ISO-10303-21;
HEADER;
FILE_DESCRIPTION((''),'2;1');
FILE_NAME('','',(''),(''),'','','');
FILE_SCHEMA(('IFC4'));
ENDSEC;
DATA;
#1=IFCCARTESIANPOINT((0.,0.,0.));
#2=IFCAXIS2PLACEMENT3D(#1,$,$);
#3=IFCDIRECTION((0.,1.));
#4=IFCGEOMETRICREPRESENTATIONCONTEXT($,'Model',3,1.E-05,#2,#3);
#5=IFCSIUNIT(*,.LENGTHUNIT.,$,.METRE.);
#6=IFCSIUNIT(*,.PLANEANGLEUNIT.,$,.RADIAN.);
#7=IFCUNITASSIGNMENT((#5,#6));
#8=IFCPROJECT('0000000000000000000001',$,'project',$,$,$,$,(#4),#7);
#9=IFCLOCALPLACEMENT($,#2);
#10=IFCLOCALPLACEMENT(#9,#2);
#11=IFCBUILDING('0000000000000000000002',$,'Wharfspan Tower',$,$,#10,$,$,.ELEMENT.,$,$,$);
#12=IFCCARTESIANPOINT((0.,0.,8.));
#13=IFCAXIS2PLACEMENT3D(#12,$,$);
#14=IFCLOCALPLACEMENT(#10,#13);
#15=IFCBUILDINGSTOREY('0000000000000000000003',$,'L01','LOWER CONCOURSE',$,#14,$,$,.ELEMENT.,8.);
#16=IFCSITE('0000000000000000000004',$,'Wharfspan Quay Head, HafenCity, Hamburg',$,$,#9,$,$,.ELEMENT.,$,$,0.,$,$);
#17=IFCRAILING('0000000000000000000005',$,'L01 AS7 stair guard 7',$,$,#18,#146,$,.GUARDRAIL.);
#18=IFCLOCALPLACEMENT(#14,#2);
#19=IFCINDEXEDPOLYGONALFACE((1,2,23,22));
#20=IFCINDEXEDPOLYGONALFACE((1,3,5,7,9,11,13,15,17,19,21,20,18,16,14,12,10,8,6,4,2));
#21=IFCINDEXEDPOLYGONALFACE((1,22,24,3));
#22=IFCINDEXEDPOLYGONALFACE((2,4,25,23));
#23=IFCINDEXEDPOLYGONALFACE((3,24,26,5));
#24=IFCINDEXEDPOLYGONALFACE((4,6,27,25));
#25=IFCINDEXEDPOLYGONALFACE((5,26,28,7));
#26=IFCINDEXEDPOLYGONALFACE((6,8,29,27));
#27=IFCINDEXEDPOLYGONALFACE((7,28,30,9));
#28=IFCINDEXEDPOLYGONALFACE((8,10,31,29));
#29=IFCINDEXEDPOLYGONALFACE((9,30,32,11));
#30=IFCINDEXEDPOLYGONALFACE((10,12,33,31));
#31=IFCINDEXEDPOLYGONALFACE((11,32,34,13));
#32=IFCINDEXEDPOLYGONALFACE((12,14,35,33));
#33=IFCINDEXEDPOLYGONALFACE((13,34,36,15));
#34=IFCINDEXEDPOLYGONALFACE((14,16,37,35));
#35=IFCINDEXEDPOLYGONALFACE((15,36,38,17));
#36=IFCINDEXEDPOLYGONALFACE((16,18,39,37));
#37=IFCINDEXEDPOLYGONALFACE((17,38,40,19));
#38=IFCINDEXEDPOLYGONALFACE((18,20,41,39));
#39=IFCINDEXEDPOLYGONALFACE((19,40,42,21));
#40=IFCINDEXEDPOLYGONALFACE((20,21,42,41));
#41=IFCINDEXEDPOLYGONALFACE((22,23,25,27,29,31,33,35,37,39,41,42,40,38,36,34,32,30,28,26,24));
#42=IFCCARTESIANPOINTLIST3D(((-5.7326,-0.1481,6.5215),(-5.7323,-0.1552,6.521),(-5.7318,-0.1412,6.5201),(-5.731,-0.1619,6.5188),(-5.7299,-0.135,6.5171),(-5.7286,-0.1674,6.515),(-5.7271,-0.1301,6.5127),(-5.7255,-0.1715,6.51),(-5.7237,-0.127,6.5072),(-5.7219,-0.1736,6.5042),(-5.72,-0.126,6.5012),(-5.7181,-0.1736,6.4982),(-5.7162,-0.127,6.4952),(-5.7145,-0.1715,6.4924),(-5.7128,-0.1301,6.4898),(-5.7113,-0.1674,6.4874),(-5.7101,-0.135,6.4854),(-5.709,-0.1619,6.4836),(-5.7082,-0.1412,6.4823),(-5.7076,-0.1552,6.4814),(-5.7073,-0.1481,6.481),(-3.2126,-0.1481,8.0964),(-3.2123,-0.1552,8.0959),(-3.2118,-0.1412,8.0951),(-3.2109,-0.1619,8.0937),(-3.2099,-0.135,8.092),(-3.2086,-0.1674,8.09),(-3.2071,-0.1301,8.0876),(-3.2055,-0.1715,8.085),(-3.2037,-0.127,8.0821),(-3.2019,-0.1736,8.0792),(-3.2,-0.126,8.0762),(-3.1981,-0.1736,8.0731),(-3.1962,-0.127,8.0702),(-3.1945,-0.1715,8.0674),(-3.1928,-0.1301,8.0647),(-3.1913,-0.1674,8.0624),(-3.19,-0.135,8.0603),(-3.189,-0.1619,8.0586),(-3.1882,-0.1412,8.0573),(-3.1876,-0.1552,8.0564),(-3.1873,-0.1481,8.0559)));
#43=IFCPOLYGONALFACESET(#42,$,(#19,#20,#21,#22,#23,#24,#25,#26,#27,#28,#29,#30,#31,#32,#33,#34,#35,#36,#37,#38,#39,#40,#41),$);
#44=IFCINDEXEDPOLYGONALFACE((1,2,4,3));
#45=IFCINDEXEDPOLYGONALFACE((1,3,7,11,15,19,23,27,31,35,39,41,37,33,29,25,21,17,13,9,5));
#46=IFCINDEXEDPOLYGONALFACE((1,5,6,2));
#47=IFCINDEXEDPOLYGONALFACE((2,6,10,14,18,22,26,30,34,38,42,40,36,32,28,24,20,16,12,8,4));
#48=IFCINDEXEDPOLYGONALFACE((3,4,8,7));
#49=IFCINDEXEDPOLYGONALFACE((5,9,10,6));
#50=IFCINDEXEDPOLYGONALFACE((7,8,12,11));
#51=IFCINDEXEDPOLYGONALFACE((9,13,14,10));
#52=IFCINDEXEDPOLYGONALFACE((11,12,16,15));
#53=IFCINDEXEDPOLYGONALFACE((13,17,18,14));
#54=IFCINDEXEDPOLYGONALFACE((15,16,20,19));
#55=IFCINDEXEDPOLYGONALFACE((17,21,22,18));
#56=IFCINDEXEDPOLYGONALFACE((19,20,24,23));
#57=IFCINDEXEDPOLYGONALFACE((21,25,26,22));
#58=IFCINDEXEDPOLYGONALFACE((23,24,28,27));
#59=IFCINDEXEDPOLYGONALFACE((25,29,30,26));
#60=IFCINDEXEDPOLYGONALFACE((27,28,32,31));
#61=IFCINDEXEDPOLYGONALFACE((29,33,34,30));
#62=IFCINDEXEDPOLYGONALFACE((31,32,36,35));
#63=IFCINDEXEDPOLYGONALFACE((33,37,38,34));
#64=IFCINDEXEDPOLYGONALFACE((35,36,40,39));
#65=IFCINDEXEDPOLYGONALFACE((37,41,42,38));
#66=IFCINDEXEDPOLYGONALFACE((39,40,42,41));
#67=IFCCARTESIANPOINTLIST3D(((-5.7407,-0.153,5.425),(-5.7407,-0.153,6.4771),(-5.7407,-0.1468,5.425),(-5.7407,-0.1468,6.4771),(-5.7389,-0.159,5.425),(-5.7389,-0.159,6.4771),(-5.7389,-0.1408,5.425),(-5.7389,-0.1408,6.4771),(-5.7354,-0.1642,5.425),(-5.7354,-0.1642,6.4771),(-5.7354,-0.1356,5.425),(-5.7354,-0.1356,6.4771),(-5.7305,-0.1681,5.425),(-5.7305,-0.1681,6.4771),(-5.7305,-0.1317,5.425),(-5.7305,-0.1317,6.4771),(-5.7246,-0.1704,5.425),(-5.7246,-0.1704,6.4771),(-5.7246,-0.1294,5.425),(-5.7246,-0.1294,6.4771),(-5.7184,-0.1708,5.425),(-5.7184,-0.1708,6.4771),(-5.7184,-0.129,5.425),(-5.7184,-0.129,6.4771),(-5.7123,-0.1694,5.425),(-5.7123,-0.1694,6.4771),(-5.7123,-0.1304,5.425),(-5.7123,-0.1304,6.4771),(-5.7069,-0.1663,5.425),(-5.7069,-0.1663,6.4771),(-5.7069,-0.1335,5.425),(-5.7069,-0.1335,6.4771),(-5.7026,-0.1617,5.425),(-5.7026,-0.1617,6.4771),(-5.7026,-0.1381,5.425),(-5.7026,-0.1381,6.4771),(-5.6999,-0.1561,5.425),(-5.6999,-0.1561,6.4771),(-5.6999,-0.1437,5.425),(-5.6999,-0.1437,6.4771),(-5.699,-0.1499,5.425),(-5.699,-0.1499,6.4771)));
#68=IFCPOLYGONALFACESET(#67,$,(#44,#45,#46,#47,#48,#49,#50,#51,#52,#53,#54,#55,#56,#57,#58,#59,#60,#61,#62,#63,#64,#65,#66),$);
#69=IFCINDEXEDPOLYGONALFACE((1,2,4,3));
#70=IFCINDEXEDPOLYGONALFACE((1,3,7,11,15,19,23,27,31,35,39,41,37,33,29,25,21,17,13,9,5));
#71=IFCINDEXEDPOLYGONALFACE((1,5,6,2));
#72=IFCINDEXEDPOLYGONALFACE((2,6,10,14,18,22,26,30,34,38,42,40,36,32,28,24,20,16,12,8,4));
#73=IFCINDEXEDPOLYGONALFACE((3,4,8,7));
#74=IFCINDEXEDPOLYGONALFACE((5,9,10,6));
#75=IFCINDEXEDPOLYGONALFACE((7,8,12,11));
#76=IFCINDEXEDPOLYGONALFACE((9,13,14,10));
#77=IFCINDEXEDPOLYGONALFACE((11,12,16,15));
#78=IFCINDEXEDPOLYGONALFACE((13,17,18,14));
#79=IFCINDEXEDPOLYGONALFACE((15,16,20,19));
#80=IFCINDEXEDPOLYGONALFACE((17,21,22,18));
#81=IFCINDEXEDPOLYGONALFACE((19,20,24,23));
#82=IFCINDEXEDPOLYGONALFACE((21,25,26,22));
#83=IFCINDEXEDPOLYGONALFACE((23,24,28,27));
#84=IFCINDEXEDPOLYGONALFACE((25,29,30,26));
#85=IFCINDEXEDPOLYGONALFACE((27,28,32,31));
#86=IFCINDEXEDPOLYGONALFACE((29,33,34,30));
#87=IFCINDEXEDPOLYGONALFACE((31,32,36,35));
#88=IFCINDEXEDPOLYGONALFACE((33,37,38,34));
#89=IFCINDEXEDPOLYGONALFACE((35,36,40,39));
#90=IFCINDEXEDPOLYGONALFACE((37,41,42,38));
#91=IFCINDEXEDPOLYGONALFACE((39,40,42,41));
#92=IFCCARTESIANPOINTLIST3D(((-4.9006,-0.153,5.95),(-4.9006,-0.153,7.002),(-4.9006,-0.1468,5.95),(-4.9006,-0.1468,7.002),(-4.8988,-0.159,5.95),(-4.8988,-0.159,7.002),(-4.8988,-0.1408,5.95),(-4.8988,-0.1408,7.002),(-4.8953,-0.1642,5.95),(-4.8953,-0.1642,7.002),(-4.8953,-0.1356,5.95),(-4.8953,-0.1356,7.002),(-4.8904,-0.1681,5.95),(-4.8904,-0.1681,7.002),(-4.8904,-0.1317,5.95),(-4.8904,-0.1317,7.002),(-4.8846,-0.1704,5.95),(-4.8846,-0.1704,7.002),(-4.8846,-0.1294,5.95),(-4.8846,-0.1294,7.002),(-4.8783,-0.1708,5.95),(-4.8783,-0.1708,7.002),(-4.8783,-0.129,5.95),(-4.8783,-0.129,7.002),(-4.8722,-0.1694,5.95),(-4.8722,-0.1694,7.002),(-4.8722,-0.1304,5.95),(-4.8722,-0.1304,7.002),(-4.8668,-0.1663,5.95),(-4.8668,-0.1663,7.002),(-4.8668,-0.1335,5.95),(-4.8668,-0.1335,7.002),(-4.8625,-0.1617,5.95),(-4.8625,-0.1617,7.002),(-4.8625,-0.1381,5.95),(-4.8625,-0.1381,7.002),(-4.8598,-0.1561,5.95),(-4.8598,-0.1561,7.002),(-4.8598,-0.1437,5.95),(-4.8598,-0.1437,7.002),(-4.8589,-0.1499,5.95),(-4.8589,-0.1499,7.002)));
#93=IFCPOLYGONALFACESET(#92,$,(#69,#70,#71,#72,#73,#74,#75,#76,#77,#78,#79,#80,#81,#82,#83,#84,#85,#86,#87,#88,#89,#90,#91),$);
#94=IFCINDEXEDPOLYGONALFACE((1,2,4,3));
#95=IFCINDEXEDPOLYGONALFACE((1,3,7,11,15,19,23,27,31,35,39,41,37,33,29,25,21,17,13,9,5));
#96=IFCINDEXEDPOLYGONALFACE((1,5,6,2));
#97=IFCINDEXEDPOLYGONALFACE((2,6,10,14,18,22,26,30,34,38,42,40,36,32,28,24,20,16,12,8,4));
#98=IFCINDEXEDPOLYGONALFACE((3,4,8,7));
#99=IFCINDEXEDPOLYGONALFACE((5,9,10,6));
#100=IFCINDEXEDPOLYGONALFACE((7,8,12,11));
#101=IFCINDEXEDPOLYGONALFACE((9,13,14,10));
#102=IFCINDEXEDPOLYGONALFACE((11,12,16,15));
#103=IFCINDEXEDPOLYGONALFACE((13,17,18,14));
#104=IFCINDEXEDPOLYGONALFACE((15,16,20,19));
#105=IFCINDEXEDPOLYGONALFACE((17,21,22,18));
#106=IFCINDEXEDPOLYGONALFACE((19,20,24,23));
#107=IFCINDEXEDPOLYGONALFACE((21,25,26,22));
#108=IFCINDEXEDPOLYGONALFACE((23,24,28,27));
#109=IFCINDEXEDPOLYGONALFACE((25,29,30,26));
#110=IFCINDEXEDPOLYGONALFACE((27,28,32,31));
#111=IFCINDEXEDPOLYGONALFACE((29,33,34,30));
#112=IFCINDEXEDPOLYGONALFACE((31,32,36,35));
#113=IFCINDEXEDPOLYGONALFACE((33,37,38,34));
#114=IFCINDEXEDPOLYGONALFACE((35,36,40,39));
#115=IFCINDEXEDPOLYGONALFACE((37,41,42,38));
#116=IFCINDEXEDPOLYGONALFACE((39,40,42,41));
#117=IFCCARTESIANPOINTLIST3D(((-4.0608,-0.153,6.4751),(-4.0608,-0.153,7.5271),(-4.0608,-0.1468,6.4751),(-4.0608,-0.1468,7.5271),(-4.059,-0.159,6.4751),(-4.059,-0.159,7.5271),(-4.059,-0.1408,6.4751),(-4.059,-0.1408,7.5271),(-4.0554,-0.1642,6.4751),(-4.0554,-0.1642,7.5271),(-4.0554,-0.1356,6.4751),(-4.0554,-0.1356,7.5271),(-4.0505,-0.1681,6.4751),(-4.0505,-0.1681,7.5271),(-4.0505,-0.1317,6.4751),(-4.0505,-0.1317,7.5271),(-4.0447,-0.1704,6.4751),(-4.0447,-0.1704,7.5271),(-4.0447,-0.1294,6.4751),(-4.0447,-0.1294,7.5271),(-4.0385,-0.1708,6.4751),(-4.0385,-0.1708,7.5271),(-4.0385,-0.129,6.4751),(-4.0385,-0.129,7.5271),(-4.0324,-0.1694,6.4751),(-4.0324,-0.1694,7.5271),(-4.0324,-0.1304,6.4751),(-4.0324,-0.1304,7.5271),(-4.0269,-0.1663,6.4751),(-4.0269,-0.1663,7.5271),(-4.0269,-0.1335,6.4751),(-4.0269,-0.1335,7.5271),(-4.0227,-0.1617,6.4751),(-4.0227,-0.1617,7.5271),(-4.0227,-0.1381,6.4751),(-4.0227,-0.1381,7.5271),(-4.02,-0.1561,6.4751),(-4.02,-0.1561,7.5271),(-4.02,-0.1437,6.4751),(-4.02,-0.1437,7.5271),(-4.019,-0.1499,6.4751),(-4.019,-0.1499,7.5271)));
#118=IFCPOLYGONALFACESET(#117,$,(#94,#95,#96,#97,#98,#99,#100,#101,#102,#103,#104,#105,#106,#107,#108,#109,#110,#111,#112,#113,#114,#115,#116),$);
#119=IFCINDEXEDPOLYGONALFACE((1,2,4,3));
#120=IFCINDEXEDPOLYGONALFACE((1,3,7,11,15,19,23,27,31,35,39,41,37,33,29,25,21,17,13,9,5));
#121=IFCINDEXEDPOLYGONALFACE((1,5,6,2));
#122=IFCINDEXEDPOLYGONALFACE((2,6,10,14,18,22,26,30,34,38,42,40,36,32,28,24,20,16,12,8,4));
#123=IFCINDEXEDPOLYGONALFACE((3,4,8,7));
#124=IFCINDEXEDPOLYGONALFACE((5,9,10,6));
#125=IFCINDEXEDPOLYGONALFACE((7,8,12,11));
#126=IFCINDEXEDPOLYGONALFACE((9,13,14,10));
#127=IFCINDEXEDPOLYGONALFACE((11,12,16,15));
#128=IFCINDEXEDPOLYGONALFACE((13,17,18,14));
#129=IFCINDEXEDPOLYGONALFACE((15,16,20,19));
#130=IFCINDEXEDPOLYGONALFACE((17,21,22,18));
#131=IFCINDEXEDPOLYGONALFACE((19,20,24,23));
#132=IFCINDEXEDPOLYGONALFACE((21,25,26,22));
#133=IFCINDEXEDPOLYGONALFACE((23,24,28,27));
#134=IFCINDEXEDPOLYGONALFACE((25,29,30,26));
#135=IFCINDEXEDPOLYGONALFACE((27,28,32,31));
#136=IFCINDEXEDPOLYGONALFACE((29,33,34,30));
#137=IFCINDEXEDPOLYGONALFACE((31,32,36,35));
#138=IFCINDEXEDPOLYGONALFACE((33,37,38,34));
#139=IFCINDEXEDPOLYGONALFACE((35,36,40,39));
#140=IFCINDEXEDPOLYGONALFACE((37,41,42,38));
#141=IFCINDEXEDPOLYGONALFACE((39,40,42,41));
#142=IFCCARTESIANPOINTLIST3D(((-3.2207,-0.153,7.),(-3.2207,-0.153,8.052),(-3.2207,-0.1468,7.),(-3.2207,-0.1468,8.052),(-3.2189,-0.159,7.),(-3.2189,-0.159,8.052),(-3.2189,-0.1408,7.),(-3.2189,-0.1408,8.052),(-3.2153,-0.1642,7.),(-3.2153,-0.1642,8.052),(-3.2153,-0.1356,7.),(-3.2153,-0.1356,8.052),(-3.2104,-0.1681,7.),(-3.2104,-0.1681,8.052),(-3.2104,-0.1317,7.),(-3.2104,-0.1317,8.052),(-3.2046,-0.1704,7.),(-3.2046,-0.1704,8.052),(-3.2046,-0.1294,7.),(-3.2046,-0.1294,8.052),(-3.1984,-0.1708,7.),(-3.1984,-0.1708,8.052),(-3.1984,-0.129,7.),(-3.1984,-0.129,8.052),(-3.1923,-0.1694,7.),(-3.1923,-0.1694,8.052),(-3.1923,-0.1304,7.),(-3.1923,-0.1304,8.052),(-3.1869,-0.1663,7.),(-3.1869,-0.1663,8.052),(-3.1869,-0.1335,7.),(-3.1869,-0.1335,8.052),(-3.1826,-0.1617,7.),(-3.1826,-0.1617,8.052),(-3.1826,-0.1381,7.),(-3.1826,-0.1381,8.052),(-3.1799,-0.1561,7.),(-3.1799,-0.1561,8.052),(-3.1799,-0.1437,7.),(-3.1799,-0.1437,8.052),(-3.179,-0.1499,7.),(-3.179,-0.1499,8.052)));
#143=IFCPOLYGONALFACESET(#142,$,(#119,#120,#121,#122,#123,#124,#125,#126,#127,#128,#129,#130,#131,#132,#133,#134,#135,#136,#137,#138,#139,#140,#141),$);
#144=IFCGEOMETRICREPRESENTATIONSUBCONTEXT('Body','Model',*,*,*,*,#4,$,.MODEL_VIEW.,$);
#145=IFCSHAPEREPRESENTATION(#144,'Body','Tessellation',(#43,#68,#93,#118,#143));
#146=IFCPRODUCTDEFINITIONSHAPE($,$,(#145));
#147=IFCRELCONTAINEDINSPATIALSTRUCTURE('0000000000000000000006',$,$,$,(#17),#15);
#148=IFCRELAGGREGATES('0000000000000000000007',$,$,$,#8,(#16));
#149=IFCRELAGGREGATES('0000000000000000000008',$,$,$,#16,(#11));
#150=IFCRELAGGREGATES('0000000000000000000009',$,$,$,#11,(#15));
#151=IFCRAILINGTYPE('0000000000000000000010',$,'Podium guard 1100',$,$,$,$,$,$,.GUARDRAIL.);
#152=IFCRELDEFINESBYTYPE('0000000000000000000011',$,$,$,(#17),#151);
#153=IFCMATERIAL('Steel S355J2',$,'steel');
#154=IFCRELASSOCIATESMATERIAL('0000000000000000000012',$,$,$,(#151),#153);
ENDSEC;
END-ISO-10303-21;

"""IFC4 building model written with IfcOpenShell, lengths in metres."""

from ifc_helpers import new_model, si_unit, direction, frame, origin, origin_2d, place, context, subcontext, project, spatial, circle, extrude, material, type_object, element, save


model = new_model("IFC4")

# Units and contexts
model_context = context("Model", 3, precision=1e-05, world=origin(), true_north=direction((0.0, 1.0)))
body_context = subcontext(model_context, "Body", "Model", "MODEL_VIEW")
ifc_project = project(units=[si_unit("LENGTHUNIT", "METRE"), si_unit("PLANEANGLEUNIT", "RADIAN")], contexts=[model_context])

# Site, building, storey
site_placement = place(None, origin())
site = spatial("IfcSite", under=ifc_project, at=site_placement, Name="Wharfspan Quay Head, HafenCity, Hamburg", CompositionType="ELEMENT", RefElevation=0.0)
building_placement = place(site_placement, origin())
building = spatial("IfcBuilding", under=site, at=building_placement, Name="Wharfspan Tower", CompositionType="ELEMENT")
storey_placement = place(building_placement, frame((0.0, 0.0, 8.0)))
storey = spatial("IfcBuildingStorey", under=building, at=storey_placement, Name="L01", Description="LOWER CONCOURSE", CompositionType="ELEMENT", Elevation=8.0)

# Railing
ifc_material_1 = material(Name="Steel S355J2", Category="steel")
railing_type_1 = type_object("IfcRailingType", Name="Podium guard 1100", PredefinedType="GUARDRAIL", material=ifc_material_1)
railing_1_placement = place(storey_placement, frame((-5.72, -0.1499, 5.425)))
element("IfcRailing", 1, at=railing_1_placement, inside=storey, type_object=railing_type_1, Name="L01 AS7 stair guard 7", PredefinedType="GUARDRAIL", context=body_context, shape_type="SweptSolid", body=[
    extrude(circle(Radius=0.0239, at=origin_2d()), frame((0.0, 0.0, 1.0762), z_axis=(0.848008, 0.0, 0.529984), x_axis=(0.0, 1.0, 0.0)), (0.0, 0.0, 1.0), 2.9717),
    extrude(circle(Radius=0.021, at=origin_2d()), origin(), (0.0, 0.0, 1.0), 1.052),
    extrude(circle(Radius=0.021, at=origin_2d()), frame((0.8401, 0.0, 0.5249)), (0.0, 0.0, 1.0), 1.052),
    extrude(circle(Radius=0.021, at=origin_2d()), frame((1.6799, 0.0, 1.05)), (0.0, 0.0, 1.0), 1.052),
    extrude(circle(Radius=0.021, at=origin_2d()), frame((2.52, 0.0, 1.575)), (0.0, 0.0, 1.0), 1.052),
])

save(model, "model.ifc")
